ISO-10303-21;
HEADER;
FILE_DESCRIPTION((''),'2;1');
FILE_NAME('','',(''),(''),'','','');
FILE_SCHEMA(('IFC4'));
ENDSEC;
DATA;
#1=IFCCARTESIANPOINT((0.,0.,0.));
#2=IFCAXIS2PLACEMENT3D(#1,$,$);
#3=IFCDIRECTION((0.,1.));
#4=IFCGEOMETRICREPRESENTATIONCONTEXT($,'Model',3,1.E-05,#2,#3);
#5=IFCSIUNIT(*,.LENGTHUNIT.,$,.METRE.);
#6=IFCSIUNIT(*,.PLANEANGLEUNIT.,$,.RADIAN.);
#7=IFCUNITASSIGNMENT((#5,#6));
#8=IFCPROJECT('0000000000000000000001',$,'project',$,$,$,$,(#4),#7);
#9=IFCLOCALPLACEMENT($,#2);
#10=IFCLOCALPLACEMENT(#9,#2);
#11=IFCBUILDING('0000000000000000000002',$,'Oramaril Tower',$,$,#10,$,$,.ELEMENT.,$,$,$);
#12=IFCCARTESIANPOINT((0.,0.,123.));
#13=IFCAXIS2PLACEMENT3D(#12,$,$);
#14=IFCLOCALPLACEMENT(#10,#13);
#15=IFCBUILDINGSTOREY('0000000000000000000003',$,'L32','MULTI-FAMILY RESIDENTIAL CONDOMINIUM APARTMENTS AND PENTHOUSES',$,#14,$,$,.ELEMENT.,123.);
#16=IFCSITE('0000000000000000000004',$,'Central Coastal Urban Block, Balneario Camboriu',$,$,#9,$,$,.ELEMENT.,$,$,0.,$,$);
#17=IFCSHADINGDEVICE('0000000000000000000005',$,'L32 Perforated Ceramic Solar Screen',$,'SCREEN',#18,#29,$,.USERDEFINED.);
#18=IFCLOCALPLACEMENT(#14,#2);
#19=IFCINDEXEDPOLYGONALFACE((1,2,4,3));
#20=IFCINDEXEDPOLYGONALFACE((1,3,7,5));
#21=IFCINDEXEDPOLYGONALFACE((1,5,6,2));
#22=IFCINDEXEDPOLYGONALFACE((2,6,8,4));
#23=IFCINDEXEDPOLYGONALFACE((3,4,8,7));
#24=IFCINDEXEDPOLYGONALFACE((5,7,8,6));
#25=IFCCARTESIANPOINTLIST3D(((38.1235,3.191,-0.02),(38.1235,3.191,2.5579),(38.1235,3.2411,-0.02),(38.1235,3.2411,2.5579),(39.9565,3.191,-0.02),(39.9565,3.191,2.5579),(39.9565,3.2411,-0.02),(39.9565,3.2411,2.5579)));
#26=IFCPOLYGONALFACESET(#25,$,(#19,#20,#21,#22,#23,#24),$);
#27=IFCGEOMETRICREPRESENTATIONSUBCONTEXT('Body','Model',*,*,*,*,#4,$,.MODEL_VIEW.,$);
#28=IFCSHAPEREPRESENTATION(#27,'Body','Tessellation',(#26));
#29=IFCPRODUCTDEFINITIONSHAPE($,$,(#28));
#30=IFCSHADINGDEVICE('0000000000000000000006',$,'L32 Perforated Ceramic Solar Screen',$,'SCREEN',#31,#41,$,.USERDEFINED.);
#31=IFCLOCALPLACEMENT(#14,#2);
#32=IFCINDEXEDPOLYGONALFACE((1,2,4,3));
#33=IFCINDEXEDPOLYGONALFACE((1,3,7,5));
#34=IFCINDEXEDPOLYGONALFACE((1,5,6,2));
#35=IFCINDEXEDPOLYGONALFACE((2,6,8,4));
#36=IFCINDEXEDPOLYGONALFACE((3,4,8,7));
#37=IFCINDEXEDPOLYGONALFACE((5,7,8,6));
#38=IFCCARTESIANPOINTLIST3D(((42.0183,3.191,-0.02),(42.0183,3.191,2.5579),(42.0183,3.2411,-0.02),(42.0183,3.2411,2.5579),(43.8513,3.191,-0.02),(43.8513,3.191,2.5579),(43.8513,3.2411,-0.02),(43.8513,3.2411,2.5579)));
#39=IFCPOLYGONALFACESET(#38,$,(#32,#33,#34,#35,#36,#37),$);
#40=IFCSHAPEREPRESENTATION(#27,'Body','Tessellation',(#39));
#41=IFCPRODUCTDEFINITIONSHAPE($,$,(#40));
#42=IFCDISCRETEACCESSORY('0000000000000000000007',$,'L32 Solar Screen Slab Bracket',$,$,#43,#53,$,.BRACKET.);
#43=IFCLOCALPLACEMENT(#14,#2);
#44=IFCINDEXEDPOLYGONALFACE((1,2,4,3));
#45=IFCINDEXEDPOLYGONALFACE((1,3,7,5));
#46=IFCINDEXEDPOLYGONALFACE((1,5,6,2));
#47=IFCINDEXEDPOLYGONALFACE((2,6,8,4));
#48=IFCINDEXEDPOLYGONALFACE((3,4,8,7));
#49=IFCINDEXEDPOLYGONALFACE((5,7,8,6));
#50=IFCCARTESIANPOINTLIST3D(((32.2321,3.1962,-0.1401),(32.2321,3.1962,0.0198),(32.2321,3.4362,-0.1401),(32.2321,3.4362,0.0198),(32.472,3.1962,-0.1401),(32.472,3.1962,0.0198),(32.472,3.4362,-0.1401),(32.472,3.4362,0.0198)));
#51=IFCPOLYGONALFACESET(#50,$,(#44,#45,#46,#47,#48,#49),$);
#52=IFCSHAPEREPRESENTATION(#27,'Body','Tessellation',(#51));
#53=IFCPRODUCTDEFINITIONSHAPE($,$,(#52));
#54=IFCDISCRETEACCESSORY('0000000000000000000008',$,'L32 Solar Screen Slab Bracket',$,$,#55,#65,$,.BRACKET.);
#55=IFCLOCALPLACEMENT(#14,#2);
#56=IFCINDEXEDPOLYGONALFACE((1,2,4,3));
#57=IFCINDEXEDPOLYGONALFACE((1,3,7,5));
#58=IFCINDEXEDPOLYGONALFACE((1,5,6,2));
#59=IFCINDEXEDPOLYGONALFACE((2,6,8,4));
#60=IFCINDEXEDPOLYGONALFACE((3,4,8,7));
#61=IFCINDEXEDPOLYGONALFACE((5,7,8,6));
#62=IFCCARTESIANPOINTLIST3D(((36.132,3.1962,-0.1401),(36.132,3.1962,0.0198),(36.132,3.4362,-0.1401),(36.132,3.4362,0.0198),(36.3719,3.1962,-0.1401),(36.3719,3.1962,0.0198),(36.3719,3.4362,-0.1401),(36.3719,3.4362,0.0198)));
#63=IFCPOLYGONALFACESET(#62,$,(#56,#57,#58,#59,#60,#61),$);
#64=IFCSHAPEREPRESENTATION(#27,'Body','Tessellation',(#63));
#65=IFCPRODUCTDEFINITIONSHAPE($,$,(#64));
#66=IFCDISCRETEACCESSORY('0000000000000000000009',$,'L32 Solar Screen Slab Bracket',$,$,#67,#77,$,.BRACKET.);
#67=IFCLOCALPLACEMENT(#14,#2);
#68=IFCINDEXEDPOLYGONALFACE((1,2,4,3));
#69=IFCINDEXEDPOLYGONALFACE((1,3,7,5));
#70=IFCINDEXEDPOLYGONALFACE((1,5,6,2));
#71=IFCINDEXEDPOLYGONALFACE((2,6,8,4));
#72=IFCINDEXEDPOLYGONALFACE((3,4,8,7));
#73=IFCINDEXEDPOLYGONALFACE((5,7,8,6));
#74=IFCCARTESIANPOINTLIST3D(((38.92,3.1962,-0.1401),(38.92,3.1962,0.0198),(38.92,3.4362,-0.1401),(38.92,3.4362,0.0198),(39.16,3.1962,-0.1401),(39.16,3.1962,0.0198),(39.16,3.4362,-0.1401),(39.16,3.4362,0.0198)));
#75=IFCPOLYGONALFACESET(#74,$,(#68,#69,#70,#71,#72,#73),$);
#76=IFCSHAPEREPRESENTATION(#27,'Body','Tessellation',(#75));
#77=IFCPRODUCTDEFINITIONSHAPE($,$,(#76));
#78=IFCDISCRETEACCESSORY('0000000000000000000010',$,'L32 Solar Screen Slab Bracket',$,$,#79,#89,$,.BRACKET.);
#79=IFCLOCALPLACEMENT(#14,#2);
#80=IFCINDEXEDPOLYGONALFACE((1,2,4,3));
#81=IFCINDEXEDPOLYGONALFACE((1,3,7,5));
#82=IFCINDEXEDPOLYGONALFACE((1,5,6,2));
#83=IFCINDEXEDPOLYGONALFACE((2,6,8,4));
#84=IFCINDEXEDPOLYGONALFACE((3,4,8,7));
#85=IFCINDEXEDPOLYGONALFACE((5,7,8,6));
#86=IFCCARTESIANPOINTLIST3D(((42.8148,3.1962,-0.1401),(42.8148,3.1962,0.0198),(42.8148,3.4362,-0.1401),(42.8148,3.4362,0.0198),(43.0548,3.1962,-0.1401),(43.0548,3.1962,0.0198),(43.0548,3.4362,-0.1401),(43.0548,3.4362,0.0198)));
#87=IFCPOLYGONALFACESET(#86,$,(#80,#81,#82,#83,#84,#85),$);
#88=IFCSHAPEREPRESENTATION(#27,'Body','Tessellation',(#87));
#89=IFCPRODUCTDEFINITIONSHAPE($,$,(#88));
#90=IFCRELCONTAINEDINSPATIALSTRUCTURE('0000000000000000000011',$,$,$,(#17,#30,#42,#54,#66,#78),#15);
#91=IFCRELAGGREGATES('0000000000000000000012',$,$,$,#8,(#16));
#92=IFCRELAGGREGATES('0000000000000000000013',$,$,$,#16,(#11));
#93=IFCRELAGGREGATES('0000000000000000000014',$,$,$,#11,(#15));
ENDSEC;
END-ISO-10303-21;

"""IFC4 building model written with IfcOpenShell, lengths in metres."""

from ifc_helpers import new_model, si_unit, direction, frame, origin, origin_2d, place, context, subcontext, project, spatial, rectangle, extrude, element, save


model = new_model("IFC4")

# Units and contexts
model_context = context("Model", 3, precision=1e-05, world=origin(), true_north=direction((0.0, 1.0)))
body_context = subcontext(model_context, "Body", "Model", "MODEL_VIEW")
ifc_project = project(units=[si_unit("LENGTHUNIT", "METRE"), si_unit("PLANEANGLEUNIT", "RADIAN")], contexts=[model_context])

# Site, building, storey
site_placement = place(None, origin())
site = spatial("IfcSite", under=ifc_project, at=site_placement, Name="Central Coastal Urban Block, Balneario Camboriu", CompositionType="ELEMENT", RefElevation=0.0)
building_placement = place(site_placement, origin())
building = spatial("IfcBuilding", under=site, at=building_placement, Name="Oramaril Tower", CompositionType="ELEMENT")
storey_placement = place(building_placement, frame((0.0, 0.0, 123.0)))
storey = spatial("IfcBuildingStorey", under=building, at=storey_placement, Name="L32", Description="MULTI-FAMILY RESIDENTIAL CONDOMINIUM APARTMENTS AND PENTHOUSES", CompositionType="ELEMENT", Elevation=123.0)

# Shading devices
for number, where, z_axis, x_axis, name in (
    (1, (39.04, 3.2161, -0.02), (0.0, 0.0, 1.0), (1.0, 0.0, 0.0), "L32 Perforated Ceramic Solar Screen"),
    (2, (42.9348, 3.2161, -0.02), (0.0, 0.0, 1.0), (1.0, 0.0, 0.0), "L32 Perforated Ceramic Solar Screen"),
):
    element("IfcShadingDevice", number, at=place(storey_placement, frame(where, z_axis=z_axis, x_axis=x_axis)), inside=storey, Name=name, ObjectType="SCREEN", PredefinedType="USERDEFINED", context=body_context, shape_type="SweptSolid", body=[
        extrude(rectangle(XDim=1.833, YDim=0.05, at=origin_2d()), origin(), (0.0, 0.0, 1.0), 2.5779),
    ])

# Discrete accessories
for number, where, z_axis, x_axis, name in (
    (3, (32.3521, 3.3162, -0.1401), (0.0, 0.0, 1.0), (1.0, 0.0, 0.0), "L32 Solar Screen Slab Bracket"),
    (4, (36.252, 3.3162, -0.1401), (0.0, 0.0, 1.0), (1.0, 0.0, 0.0), "L32 Solar Screen Slab Bracket"),
    (5, (39.04, 3.3162, -0.1401), (0.0, 0.0, 1.0), (1.0, 0.0, 0.0), "L32 Solar Screen Slab Bracket"),
    (6, (42.9348, 3.3162, -0.1401), (0.0, 0.0, 1.0), (1.0, 0.0, 0.0), "L32 Solar Screen Slab Bracket"),
):
    element("IfcDiscreteAccessory", number, at=place(storey_placement, frame(where, z_axis=z_axis, x_axis=x_axis)), inside=storey, Name=name, PredefinedType="BRACKET", context=body_context, shape_type="SweptSolid", body=[
        extrude(rectangle(XDim=0.24, YDim=0.24, at=origin_2d()), origin(), (0.0, 0.0, 1.0), 0.1599),
    ])

save(model, "model.ifc")
